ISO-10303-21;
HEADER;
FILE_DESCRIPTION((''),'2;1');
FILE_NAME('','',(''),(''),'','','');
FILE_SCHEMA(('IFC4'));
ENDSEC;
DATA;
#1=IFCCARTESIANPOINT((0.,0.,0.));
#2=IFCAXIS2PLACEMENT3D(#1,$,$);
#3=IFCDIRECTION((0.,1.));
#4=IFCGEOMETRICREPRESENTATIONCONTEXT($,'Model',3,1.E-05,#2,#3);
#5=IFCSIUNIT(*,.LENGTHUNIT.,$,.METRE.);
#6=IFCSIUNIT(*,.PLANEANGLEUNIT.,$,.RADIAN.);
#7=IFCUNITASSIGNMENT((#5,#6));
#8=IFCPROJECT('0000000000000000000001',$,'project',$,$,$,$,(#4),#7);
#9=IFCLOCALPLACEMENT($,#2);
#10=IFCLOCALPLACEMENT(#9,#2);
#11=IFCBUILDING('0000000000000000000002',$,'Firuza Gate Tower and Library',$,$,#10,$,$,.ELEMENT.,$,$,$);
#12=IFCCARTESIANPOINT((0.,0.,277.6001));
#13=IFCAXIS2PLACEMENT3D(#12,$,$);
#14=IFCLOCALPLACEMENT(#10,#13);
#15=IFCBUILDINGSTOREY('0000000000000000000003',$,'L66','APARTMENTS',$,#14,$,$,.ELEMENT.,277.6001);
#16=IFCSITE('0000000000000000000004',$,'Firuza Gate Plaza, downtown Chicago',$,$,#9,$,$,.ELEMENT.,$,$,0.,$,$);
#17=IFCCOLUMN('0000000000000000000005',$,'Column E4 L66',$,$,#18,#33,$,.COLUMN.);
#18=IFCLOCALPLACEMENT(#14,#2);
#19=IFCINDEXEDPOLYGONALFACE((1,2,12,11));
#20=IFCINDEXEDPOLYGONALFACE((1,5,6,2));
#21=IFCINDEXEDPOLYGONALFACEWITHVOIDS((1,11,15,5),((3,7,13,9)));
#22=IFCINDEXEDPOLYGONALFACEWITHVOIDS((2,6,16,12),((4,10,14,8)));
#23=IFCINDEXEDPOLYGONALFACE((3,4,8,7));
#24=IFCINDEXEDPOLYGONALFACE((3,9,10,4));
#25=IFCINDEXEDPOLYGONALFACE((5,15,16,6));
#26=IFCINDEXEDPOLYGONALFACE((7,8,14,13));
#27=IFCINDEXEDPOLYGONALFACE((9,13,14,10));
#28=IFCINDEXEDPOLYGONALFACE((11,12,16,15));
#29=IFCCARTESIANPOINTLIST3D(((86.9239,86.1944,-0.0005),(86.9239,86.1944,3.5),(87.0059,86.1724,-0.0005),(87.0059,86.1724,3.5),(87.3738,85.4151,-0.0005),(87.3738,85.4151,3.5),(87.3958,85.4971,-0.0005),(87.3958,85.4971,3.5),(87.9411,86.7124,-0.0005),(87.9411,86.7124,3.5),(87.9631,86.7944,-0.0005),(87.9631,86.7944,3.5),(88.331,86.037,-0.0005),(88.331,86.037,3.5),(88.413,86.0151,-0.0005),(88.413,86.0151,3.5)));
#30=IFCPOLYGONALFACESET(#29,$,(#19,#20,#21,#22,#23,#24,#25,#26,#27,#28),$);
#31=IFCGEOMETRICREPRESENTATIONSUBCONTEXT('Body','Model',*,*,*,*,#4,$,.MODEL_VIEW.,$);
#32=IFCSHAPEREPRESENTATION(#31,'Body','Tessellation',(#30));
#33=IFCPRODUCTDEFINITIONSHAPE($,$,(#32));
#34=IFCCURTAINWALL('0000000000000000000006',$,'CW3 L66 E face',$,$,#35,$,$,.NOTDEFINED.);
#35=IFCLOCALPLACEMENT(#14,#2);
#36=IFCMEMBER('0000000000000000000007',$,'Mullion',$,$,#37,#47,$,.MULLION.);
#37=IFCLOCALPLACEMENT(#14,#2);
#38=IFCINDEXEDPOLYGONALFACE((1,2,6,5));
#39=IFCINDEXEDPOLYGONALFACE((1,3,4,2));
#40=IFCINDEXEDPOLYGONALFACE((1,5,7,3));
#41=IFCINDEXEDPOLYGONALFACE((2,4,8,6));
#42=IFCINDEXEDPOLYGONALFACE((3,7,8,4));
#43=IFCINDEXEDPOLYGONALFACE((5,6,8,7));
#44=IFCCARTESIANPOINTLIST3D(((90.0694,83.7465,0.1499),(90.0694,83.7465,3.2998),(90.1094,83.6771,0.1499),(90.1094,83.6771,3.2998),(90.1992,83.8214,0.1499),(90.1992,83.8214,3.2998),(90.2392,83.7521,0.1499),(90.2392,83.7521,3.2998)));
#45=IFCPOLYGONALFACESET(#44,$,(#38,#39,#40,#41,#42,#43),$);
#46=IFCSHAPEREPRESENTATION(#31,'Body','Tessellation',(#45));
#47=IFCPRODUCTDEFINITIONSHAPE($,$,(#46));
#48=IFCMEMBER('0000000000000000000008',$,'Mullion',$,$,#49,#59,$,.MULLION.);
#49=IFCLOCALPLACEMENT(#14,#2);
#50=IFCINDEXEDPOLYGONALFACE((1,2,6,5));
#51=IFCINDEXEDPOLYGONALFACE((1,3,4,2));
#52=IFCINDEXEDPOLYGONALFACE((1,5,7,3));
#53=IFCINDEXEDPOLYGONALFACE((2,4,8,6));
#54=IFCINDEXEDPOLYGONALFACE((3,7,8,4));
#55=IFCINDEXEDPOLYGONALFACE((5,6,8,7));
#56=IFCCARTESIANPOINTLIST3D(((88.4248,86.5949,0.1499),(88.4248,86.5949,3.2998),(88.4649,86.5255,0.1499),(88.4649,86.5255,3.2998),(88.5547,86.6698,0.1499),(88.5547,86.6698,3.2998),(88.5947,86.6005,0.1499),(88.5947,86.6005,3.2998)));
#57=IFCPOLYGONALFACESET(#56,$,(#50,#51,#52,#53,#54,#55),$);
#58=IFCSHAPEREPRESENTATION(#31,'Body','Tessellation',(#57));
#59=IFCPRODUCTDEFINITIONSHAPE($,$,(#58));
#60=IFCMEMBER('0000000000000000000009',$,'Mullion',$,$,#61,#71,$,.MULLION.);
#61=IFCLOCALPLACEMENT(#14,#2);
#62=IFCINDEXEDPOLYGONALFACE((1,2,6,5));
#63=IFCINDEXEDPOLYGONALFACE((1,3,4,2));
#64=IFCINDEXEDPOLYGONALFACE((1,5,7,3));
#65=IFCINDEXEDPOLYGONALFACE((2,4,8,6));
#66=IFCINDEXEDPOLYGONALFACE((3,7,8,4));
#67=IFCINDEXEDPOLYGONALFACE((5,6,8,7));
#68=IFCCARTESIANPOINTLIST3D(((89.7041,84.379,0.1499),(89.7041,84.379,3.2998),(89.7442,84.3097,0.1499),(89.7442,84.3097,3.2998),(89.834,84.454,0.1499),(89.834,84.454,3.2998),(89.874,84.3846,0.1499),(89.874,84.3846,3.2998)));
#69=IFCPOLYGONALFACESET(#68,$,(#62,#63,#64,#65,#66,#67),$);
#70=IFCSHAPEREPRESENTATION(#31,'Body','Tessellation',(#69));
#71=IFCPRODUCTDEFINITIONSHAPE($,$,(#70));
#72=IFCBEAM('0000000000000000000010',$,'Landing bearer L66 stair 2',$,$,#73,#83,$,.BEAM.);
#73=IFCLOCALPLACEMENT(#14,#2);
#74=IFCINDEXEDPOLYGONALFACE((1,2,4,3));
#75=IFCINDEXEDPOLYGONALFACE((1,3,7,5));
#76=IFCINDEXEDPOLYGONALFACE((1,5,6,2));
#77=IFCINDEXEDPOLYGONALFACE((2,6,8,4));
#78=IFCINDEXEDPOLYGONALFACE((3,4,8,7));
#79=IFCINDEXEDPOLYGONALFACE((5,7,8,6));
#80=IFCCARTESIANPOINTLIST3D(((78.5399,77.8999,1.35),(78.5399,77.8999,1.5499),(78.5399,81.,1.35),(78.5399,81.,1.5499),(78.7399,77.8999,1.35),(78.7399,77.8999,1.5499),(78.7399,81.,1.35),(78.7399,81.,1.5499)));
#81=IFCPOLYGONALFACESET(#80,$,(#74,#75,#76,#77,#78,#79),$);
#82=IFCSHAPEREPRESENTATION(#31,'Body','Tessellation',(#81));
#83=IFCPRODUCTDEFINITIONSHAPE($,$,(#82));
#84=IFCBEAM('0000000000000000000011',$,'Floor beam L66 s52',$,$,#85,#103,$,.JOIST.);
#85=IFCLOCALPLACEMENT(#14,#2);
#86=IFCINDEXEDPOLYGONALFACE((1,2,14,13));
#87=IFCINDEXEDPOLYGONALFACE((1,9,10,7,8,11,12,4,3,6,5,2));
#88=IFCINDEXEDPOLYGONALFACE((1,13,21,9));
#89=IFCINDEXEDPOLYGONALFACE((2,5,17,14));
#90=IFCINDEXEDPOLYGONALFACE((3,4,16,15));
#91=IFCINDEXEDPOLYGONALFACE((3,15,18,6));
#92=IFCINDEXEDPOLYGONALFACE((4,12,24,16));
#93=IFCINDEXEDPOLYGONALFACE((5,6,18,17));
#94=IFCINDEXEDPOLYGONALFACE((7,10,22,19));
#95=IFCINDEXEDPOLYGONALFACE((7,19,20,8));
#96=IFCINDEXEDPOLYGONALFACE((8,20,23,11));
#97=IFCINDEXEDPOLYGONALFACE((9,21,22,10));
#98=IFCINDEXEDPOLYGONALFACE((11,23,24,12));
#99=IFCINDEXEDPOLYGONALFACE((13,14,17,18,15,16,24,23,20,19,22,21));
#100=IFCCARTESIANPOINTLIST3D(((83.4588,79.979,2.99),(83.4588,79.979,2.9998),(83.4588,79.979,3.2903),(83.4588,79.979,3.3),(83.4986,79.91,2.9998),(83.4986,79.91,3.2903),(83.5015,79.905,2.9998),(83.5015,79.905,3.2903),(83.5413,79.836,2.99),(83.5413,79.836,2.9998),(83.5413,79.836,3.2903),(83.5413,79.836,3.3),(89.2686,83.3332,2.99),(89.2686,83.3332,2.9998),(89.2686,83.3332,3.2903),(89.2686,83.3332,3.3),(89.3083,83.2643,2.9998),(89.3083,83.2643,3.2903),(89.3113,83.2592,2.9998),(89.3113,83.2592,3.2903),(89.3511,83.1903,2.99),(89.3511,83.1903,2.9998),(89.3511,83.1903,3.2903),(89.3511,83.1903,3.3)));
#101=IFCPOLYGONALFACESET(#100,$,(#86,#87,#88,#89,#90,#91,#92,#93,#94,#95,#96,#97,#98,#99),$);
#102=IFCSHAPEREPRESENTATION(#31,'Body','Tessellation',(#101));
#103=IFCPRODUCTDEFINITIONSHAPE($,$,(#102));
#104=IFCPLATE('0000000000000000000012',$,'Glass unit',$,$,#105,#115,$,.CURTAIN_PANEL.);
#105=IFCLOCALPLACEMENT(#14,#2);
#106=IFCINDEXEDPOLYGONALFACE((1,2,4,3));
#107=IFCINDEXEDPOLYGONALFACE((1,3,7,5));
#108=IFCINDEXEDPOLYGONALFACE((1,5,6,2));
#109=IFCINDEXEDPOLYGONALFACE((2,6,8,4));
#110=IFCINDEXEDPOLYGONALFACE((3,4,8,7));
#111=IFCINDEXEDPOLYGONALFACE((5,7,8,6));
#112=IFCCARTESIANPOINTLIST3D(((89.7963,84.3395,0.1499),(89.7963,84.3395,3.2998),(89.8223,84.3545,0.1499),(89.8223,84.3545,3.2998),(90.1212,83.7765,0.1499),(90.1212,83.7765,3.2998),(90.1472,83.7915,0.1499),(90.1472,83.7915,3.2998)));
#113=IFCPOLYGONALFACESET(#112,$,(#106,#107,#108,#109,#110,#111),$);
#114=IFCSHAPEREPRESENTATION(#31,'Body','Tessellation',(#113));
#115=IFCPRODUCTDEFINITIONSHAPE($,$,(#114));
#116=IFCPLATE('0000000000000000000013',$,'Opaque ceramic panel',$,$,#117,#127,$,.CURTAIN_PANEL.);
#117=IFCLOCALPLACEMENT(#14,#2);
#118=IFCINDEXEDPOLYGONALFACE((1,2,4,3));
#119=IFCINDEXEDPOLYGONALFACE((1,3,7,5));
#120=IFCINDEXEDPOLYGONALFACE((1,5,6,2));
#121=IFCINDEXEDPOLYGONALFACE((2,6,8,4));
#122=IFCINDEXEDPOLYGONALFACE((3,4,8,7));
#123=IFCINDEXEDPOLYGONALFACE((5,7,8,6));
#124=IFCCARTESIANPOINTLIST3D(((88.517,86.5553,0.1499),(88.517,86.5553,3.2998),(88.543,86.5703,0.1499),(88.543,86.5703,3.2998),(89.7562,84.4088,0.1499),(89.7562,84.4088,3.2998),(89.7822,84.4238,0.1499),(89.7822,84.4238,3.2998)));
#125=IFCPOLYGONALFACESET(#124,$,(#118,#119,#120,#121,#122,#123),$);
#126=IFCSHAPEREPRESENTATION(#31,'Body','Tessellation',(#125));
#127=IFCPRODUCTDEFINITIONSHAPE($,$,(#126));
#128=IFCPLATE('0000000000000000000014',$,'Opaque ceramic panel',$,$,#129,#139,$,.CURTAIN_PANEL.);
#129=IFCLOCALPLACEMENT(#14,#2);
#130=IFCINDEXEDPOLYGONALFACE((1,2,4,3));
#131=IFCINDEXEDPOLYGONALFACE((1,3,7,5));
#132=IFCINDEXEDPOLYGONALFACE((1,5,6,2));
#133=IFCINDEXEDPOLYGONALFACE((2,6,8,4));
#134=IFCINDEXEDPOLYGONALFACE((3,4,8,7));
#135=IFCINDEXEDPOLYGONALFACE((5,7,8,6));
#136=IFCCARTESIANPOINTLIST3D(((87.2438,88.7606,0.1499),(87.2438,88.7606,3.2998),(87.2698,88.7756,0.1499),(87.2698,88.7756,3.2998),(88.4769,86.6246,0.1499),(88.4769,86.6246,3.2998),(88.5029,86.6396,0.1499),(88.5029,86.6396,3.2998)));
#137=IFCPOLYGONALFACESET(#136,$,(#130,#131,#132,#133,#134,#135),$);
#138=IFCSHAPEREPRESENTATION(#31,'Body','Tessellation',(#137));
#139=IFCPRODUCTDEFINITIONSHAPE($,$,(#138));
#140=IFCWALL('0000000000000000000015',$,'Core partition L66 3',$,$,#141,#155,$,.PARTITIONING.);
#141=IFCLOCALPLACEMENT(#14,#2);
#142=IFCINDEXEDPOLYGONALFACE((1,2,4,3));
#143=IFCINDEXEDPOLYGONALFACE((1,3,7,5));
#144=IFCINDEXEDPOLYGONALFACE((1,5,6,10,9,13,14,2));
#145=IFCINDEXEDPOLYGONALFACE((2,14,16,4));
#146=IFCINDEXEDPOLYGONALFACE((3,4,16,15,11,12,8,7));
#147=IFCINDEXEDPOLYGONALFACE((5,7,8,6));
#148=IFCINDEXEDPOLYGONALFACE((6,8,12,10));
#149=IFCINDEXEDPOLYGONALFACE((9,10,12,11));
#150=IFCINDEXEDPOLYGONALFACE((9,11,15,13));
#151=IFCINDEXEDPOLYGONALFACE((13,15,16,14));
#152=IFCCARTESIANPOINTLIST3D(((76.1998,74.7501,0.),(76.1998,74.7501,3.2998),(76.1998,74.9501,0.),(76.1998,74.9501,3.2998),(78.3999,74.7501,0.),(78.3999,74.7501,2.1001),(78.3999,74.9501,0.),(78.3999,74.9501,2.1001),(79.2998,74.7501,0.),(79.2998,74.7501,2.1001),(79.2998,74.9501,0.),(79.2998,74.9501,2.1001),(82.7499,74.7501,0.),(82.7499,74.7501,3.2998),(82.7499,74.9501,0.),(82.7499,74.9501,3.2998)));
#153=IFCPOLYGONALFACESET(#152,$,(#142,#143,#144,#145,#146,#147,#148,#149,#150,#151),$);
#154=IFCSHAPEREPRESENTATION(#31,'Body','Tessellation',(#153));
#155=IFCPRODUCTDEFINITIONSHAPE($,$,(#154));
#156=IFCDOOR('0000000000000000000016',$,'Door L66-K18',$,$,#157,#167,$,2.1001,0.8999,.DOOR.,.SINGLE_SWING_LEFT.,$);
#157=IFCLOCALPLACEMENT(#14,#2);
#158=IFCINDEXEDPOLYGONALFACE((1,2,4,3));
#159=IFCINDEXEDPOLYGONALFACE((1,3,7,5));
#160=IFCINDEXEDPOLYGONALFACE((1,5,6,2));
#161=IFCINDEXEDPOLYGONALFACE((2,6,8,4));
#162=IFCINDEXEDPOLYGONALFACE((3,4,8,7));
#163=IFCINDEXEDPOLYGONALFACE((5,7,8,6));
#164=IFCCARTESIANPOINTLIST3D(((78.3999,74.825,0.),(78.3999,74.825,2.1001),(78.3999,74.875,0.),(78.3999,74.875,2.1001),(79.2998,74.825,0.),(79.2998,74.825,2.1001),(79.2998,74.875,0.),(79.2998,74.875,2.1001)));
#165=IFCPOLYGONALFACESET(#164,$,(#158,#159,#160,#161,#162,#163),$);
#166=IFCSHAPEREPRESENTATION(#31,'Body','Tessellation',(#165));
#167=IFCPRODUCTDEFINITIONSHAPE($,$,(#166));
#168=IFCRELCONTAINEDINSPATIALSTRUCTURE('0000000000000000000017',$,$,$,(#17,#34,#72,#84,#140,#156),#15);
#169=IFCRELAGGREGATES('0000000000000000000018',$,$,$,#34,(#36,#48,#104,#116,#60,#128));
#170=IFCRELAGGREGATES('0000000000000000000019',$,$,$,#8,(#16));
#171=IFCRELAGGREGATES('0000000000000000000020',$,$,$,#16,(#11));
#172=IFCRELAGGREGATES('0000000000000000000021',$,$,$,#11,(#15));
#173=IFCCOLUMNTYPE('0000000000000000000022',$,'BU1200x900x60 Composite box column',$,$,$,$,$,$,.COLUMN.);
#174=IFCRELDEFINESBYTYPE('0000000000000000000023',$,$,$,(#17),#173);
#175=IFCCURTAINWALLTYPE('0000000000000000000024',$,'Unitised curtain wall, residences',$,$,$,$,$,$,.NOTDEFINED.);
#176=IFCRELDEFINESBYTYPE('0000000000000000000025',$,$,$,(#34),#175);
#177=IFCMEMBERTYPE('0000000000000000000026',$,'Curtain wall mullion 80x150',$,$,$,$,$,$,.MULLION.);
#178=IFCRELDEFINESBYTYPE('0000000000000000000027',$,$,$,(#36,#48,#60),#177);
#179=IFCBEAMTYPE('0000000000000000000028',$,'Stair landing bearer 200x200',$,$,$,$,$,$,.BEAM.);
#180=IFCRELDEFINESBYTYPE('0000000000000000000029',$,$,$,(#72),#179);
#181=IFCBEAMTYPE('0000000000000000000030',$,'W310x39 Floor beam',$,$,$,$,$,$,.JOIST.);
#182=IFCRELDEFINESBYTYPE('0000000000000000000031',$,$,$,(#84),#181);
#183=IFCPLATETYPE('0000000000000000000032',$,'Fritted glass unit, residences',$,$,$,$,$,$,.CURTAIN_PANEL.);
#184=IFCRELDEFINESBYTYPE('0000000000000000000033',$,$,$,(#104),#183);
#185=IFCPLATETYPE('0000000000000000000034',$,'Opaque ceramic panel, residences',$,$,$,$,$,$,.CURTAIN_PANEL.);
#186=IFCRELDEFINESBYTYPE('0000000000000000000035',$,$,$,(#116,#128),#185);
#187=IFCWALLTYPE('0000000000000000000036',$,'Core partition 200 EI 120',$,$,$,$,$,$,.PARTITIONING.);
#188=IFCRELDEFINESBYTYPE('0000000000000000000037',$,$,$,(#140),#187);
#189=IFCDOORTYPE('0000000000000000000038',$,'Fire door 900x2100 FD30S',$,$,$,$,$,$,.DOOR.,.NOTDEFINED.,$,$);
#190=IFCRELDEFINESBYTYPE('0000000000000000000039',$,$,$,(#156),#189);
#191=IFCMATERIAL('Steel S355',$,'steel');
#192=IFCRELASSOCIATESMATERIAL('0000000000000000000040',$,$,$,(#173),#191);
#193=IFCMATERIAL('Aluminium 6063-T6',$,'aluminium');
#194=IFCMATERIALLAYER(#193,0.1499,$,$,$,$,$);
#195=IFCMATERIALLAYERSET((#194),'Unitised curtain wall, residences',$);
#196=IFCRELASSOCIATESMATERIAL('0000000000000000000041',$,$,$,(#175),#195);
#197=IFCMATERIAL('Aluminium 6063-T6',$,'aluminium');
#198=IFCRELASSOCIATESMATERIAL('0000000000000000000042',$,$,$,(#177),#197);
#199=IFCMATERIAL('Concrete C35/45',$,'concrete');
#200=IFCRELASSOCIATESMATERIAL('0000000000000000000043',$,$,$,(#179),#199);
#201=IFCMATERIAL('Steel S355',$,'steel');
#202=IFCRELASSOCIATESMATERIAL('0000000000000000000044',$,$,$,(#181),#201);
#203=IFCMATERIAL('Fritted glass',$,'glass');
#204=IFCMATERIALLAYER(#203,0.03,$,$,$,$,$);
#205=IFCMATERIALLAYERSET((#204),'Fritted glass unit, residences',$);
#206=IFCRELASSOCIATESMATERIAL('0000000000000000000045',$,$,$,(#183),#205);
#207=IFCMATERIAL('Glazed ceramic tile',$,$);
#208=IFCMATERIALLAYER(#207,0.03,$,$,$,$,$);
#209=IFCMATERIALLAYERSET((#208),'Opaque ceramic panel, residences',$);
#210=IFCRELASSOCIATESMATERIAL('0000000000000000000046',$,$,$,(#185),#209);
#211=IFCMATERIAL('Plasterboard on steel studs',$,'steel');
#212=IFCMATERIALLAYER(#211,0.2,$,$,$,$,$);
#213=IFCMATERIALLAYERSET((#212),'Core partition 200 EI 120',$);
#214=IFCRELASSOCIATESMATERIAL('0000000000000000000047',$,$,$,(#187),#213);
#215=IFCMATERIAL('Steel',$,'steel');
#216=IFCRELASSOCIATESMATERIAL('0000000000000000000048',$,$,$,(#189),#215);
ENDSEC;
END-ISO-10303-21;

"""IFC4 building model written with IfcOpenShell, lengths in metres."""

from ifc_helpers import new_model, si_unit, direction, frame, frame_2d, origin, origin_2d, place, context, subcontext, project, spatial, polyline, rectangle, hollow_rectangle, i_section, outline, extrude, material, layer, layer_set, material_profile, profile_set, type_object, element, fill, aggregate, save


model = new_model("IFC4")

# Units and contexts
model_context = context("Model", 3, precision=1e-05, world=origin(), true_north=direction((0.0, 1.0)))
body_context = subcontext(model_context, "Body", "Model", "MODEL_VIEW")
ifc_project = project(units=[si_unit("LENGTHUNIT", "METRE"), si_unit("PLANEANGLEUNIT", "RADIAN")], contexts=[model_context])

# Site, building, storey
site_placement = place(None, origin())
site = spatial("IfcSite", under=ifc_project, at=site_placement, Name="Firuza Gate Plaza, downtown Chicago", CompositionType="ELEMENT", RefElevation=0.0)
building_placement = place(site_placement, origin())
building = spatial("IfcBuilding", under=site, at=building_placement, Name="Firuza Gate Tower and Library", CompositionType="ELEMENT")
storey_placement = place(building_placement, frame((0.0, 0.0, 277.6001)))
storey = spatial("IfcBuildingStorey", under=building, at=storey_placement, Name="L66", Description="APARTMENTS", CompositionType="ELEMENT", Elevation=277.6001)

# Column
ifc_material_1 = material(Name="Steel S355", Category="steel")
ifc_material_profile_1 = material_profile(ifc_material_1, hollow_rectangle(XDim=0.8999, YDim=1.2, WallThickness=0.0601, at=origin_2d()))
ifc_profile_set_1 = profile_set([ifc_material_profile_1], Name="Steel S355")
column_type = type_object("IfcColumnType", Name="BU1200x900x60 Composite box column", PredefinedType="COLUMN", material=ifc_profile_set_1)
column_placement = place(storey_placement, frame((87.6685, 86.1047, -0.0005), z_axis=(0.0, 0.0, 1.0), x_axis=(-0.5, 0.866025, 0.0)))
element("IfcColumn", 1, at=column_placement, inside=storey, type_object=column_type, Name="Column E4 L66", PredefinedType="COLUMN", context=body_context, shape_type="SweptSolid", body=[
    extrude(hollow_rectangle(XDim=0.8999, YDim=1.2, WallThickness=0.0601, at=origin_2d()), origin(), (0.0, 0.0, 1.0), 3.5005),
])

# Curtain wall, members
ifc_material_2 = material(Name="Aluminium 6063-T6", Category="aluminium")
ifc_layer_1 = layer(ifc_material_2, 0.1499)
ifc_layer_set_1 = layer_set([ifc_layer_1], Name="Unitised curtain wall, residences")
curtain_wall_type = type_object("IfcCurtainWallType", Name="Unitised curtain wall, residences", PredefinedType="NOTDEFINED", material=ifc_layer_set_1)
placement = place(storey_placement, origin())
curtain_wall = element("IfcCurtainWall", 2, at=placement, inside=storey, type_object=curtain_wall_type, Name="CW3 L66 E face", PredefinedType="NOTDEFINED")
ifc_material_3 = material(Name="Aluminium 6063-T6", Category="aluminium")
ifc_material_profile_2 = material_profile(ifc_material_3, rectangle(XDim=0.1499, YDim=0.0801, at=origin_2d()))
ifc_profile_set_2 = profile_set([ifc_material_profile_2], Name="Aluminium 6063-T6")
member_type = type_object("IfcMemberType", Name="Curtain wall mullion 80x150", PredefinedType="MULLION", material=ifc_profile_set_2)
member_1_placement = place(storey_placement, frame((90.1543, 83.7493, 0.1499), z_axis=(0.0, 0.0, 1.0), x_axis=(-0.866025, -0.5, 0.0)))
member_1 = element("IfcMember", 3, at=member_1_placement, type_object=member_type, Name="Mullion", PredefinedType="MULLION", context=body_context, shape_type="SweptSolid", body=[
    extrude(rectangle(XDim=0.1499, YDim=0.0801, at=origin_2d()), origin(), (0.0, 0.0, 1.0), 3.1499),
])
member_2_placement = place(storey_placement, frame((88.5098, 86.5977, 0.1499), z_axis=(0.0, 0.0, 1.0), x_axis=(-0.866025, -0.5, 0.0)))
member_2 = element("IfcMember", 4, at=member_2_placement, type_object=member_type, Name="Mullion", PredefinedType="MULLION", context=body_context, shape_type="SweptSolid", body=[
    extrude(rectangle(XDim=0.1499, YDim=0.0801, at=origin_2d()), origin(), (0.0, 0.0, 1.0), 3.1499),
])
member_3_placement = place(storey_placement, frame((89.7891, 84.3818, 0.1499), z_axis=(0.0, 0.0, 1.0), x_axis=(-0.866025, -0.5, 0.0)))
member_3 = element("IfcMember", 5, at=member_3_placement, type_object=member_type, Name="Mullion", PredefinedType="MULLION", context=body_context, shape_type="SweptSolid", body=[
    extrude(rectangle(XDim=0.1499, YDim=0.0801, at=origin_2d()), origin(), (0.0, 0.0, 1.0), 3.1499),
])

# Beams
ifc_material_4 = material(Name="Concrete C35/45", Category="concrete")
ifc_material_profile_3 = material_profile(ifc_material_4, rectangle(XDim=0.2, YDim=0.2, at=origin_2d()))
ifc_profile_set_3 = profile_set([ifc_material_profile_3], Name="Concrete C35/45")
beam_type_1 = type_object("IfcBeamType", Name="Stair landing bearer 200x200", PredefinedType="BEAM", material=ifc_profile_set_3)
beam_1_placement = place(storey_placement, frame((78.6399, 81.0, 1.45), z_axis=(0.0, -1.0, 0.0), x_axis=(1.0, 0.0, 0.0)))
element("IfcBeam", 6, at=beam_1_placement, inside=storey, type_object=beam_type_1, Name="Landing bearer L66 stair 2", PredefinedType="BEAM", context=body_context, shape_type="SweptSolid", body=[
    extrude(rectangle(XDim=0.2, YDim=0.2, at=origin_2d()), origin(), (0.0, 0.0, 1.0), 3.1001),
])
ifc_material_5 = material(Name="Steel S355", Category="steel")
ifc_material_profile_4 = material_profile(ifc_material_5, i_section(OverallWidth=0.165, OverallDepth=0.3101, WebThickness=0.0059, FlangeThickness=0.0098, at=origin_2d()))
ifc_profile_set_4 = profile_set([ifc_material_profile_4], Name="Steel S355")
beam_type_2 = type_object("IfcBeamType", Name="W310x39 Floor beam", PredefinedType="JOIST", material=ifc_profile_set_4)
beam_2_placement = place(storey_placement, frame((89.3098, 83.2617, 3.145), z_axis=(-0.866029, -0.499994, 0.0), x_axis=(0.499994, -0.866029, 0.0)))
element("IfcBeam", 7, at=beam_2_placement, inside=storey, type_object=beam_type_2, Name="Floor beam L66 s52", PredefinedType="JOIST", context=body_context, shape_type="SweptSolid", body=[
    extrude(i_section(OverallWidth=0.165, OverallDepth=0.3101, WebThickness=0.0059, FlangeThickness=0.0098, at=origin_2d()), origin(), (0.0, 0.0, 1.0), 6.7085),
])

# Plates
ifc_material_6 = material(Name="Fritted glass", Category="glass")
ifc_layer_2 = layer(ifc_material_6, 0.03)
ifc_layer_set_2 = layer_set([ifc_layer_2], Name="Fritted glass unit, residences")
plate_type_1 = type_object("IfcPlateType", Name="Fritted glass unit, residences", PredefinedType="CURTAIN_PANEL", material=ifc_layer_set_2)
plate_1_placement = place(storey_placement, frame((90.1472, 83.7915, 0.1499), z_axis=(0.866086, 0.499896, 0.0), x_axis=(-0.499896, 0.866086, 0.0)))
plate_1 = element("IfcPlate", 8, at=plate_1_placement, type_object=plate_type_1, Name="Glass unit", PredefinedType="CURTAIN_PANEL", context=body_context, shape_type="SweptSolid", body=[
    extrude(outline(polyline([(0.0, 0.0), (0.65, 0.0), (0.65, 3.1499), (0.0, 3.1499), (0.0, 0.0)])), origin(), (0.0, 0.0, -1.0), 0.03),
])
ifc_material_7 = material(Name="Glazed ceramic tile")
ifc_layer_3 = layer(ifc_material_7, 0.03)
ifc_layer_set_3 = layer_set([ifc_layer_3], Name="Opaque ceramic panel, residences")
plate_type_2 = type_object("IfcPlateType", Name="Opaque ceramic panel, residences", PredefinedType="CURTAIN_PANEL", material=ifc_layer_set_3)
plate_2_placement = place(storey_placement, frame((89.7822, 84.4238, 0.1499), z_axis=(0.866028, 0.499995, 0.0), x_axis=(-0.499995, 0.866028, 0.0)))
plate_2 = element("IfcPlate", 9, at=plate_2_placement, type_object=plate_type_2, Name="Opaque ceramic panel", PredefinedType="CURTAIN_PANEL", context=body_context, shape_type="SweptSolid", body=[
    extrude(outline(polyline([(0.0, 0.0), (2.4785, 0.0), (2.4785, 3.1499), (0.0, 3.1499), (0.0, 0.0)])), origin(), (0.0, 0.0, -1.0), 0.03),
])
plate_3_placement = place(storey_placement, frame((88.5029, 86.6396, 0.1499), z_axis=(0.866036, 0.499982, 0.0), x_axis=(-0.499982, 0.866036, 0.0)))
plate_3 = element("IfcPlate", 10, at=plate_3_placement, type_object=plate_type_2, Name="Opaque ceramic panel", PredefinedType="CURTAIN_PANEL", context=body_context, shape_type="SweptSolid", body=[
    extrude(outline(polyline([(0.0, 0.0), (2.4664, 0.0), (2.4664, 3.1499), (0.0, 3.1499), (0.0, 0.0)])), origin(), (0.0, 0.0, -1.0), 0.03),
])
aggregate(curtain_wall, [member_1, member_2, plate_1, plate_2, member_3, plate_3])

# Wall, opening, door
ifc_material_8 = material(Name="Plasterboard on steel studs", Category="steel")
ifc_layer_4 = layer(ifc_material_8, 0.2)
ifc_layer_set_4 = layer_set([ifc_layer_4], Name="Core partition 200 EI 120")
wall_type_1 = type_object("IfcWallType", Name="Core partition 200 EI 120", PredefinedType="PARTITIONING", material=ifc_layer_set_4)
wall_1_placement = place(storey_placement, frame((76.2, 74.8501, 0.0), z_axis=(0.0, 0.0, 1.0), x_axis=(1.0, 0.0, 0.0)))
wall_1 = element("IfcWall", 11, at=wall_1_placement, inside=storey, type_object=wall_type_1, Name="Core partition L66 3", PredefinedType="PARTITIONING", context=body_context, shape_type="SweptSolid", body=[
    extrude(rectangle(XDim=6.55, YDim=0.2, at=frame_2d((3.2749, 0.0))), origin(), (0.0, 0.0, 1.0), 3.2998),
])
opening_1_placement = place(wall_1_placement, frame((2.2, 0.0, 0.0)))
opening_1 = element("IfcOpeningElement", 12, at=opening_1_placement, cuts=wall_1, PredefinedType="OPENING", context=body_context, shape_type="SweptSolid", body=[
    extrude(rectangle(XDim=0.8999, YDim=2.1001, at=frame_2d((0.45, 1.05))), frame((0.0, 0.1099, 0.0), z_axis=(0.0, -1.0, 0.0), x_axis=(1.0, 0.0, 0.0)), (0.0, 0.0, 1.0), 0.22),
])
ifc_material_9 = material(Name="Steel", Category="steel")
door_type_1 = type_object("IfcDoorType", Name="Fire door 900x2100 FD30S", OperationType="NOTDEFINED", PredefinedType="DOOR", material=ifc_material_9)
door_1_placement = place(opening_1_placement, origin())
door_1 = element("IfcDoor", 13, at=door_1_placement, inside=storey, type_object=door_type_1, Name="Door L66-K18", OperationType="SINGLE_SWING_LEFT", OverallHeight=2.1001, OverallWidth=0.8999, PredefinedType="DOOR", context=body_context, shape_type="SweptSolid", body=[
    extrude(rectangle(XDim=0.8999, YDim=2.1001, at=frame_2d((0.45, 1.05))), frame((0.0, 0.0249, 0.0), z_axis=(0.0, -1.0, 0.0), x_axis=(1.0, 0.0, 0.0)), (0.0, 0.0, 1.0), 0.05),
])
fill(opening_1, door_1)

save(model, "model.ifc")
